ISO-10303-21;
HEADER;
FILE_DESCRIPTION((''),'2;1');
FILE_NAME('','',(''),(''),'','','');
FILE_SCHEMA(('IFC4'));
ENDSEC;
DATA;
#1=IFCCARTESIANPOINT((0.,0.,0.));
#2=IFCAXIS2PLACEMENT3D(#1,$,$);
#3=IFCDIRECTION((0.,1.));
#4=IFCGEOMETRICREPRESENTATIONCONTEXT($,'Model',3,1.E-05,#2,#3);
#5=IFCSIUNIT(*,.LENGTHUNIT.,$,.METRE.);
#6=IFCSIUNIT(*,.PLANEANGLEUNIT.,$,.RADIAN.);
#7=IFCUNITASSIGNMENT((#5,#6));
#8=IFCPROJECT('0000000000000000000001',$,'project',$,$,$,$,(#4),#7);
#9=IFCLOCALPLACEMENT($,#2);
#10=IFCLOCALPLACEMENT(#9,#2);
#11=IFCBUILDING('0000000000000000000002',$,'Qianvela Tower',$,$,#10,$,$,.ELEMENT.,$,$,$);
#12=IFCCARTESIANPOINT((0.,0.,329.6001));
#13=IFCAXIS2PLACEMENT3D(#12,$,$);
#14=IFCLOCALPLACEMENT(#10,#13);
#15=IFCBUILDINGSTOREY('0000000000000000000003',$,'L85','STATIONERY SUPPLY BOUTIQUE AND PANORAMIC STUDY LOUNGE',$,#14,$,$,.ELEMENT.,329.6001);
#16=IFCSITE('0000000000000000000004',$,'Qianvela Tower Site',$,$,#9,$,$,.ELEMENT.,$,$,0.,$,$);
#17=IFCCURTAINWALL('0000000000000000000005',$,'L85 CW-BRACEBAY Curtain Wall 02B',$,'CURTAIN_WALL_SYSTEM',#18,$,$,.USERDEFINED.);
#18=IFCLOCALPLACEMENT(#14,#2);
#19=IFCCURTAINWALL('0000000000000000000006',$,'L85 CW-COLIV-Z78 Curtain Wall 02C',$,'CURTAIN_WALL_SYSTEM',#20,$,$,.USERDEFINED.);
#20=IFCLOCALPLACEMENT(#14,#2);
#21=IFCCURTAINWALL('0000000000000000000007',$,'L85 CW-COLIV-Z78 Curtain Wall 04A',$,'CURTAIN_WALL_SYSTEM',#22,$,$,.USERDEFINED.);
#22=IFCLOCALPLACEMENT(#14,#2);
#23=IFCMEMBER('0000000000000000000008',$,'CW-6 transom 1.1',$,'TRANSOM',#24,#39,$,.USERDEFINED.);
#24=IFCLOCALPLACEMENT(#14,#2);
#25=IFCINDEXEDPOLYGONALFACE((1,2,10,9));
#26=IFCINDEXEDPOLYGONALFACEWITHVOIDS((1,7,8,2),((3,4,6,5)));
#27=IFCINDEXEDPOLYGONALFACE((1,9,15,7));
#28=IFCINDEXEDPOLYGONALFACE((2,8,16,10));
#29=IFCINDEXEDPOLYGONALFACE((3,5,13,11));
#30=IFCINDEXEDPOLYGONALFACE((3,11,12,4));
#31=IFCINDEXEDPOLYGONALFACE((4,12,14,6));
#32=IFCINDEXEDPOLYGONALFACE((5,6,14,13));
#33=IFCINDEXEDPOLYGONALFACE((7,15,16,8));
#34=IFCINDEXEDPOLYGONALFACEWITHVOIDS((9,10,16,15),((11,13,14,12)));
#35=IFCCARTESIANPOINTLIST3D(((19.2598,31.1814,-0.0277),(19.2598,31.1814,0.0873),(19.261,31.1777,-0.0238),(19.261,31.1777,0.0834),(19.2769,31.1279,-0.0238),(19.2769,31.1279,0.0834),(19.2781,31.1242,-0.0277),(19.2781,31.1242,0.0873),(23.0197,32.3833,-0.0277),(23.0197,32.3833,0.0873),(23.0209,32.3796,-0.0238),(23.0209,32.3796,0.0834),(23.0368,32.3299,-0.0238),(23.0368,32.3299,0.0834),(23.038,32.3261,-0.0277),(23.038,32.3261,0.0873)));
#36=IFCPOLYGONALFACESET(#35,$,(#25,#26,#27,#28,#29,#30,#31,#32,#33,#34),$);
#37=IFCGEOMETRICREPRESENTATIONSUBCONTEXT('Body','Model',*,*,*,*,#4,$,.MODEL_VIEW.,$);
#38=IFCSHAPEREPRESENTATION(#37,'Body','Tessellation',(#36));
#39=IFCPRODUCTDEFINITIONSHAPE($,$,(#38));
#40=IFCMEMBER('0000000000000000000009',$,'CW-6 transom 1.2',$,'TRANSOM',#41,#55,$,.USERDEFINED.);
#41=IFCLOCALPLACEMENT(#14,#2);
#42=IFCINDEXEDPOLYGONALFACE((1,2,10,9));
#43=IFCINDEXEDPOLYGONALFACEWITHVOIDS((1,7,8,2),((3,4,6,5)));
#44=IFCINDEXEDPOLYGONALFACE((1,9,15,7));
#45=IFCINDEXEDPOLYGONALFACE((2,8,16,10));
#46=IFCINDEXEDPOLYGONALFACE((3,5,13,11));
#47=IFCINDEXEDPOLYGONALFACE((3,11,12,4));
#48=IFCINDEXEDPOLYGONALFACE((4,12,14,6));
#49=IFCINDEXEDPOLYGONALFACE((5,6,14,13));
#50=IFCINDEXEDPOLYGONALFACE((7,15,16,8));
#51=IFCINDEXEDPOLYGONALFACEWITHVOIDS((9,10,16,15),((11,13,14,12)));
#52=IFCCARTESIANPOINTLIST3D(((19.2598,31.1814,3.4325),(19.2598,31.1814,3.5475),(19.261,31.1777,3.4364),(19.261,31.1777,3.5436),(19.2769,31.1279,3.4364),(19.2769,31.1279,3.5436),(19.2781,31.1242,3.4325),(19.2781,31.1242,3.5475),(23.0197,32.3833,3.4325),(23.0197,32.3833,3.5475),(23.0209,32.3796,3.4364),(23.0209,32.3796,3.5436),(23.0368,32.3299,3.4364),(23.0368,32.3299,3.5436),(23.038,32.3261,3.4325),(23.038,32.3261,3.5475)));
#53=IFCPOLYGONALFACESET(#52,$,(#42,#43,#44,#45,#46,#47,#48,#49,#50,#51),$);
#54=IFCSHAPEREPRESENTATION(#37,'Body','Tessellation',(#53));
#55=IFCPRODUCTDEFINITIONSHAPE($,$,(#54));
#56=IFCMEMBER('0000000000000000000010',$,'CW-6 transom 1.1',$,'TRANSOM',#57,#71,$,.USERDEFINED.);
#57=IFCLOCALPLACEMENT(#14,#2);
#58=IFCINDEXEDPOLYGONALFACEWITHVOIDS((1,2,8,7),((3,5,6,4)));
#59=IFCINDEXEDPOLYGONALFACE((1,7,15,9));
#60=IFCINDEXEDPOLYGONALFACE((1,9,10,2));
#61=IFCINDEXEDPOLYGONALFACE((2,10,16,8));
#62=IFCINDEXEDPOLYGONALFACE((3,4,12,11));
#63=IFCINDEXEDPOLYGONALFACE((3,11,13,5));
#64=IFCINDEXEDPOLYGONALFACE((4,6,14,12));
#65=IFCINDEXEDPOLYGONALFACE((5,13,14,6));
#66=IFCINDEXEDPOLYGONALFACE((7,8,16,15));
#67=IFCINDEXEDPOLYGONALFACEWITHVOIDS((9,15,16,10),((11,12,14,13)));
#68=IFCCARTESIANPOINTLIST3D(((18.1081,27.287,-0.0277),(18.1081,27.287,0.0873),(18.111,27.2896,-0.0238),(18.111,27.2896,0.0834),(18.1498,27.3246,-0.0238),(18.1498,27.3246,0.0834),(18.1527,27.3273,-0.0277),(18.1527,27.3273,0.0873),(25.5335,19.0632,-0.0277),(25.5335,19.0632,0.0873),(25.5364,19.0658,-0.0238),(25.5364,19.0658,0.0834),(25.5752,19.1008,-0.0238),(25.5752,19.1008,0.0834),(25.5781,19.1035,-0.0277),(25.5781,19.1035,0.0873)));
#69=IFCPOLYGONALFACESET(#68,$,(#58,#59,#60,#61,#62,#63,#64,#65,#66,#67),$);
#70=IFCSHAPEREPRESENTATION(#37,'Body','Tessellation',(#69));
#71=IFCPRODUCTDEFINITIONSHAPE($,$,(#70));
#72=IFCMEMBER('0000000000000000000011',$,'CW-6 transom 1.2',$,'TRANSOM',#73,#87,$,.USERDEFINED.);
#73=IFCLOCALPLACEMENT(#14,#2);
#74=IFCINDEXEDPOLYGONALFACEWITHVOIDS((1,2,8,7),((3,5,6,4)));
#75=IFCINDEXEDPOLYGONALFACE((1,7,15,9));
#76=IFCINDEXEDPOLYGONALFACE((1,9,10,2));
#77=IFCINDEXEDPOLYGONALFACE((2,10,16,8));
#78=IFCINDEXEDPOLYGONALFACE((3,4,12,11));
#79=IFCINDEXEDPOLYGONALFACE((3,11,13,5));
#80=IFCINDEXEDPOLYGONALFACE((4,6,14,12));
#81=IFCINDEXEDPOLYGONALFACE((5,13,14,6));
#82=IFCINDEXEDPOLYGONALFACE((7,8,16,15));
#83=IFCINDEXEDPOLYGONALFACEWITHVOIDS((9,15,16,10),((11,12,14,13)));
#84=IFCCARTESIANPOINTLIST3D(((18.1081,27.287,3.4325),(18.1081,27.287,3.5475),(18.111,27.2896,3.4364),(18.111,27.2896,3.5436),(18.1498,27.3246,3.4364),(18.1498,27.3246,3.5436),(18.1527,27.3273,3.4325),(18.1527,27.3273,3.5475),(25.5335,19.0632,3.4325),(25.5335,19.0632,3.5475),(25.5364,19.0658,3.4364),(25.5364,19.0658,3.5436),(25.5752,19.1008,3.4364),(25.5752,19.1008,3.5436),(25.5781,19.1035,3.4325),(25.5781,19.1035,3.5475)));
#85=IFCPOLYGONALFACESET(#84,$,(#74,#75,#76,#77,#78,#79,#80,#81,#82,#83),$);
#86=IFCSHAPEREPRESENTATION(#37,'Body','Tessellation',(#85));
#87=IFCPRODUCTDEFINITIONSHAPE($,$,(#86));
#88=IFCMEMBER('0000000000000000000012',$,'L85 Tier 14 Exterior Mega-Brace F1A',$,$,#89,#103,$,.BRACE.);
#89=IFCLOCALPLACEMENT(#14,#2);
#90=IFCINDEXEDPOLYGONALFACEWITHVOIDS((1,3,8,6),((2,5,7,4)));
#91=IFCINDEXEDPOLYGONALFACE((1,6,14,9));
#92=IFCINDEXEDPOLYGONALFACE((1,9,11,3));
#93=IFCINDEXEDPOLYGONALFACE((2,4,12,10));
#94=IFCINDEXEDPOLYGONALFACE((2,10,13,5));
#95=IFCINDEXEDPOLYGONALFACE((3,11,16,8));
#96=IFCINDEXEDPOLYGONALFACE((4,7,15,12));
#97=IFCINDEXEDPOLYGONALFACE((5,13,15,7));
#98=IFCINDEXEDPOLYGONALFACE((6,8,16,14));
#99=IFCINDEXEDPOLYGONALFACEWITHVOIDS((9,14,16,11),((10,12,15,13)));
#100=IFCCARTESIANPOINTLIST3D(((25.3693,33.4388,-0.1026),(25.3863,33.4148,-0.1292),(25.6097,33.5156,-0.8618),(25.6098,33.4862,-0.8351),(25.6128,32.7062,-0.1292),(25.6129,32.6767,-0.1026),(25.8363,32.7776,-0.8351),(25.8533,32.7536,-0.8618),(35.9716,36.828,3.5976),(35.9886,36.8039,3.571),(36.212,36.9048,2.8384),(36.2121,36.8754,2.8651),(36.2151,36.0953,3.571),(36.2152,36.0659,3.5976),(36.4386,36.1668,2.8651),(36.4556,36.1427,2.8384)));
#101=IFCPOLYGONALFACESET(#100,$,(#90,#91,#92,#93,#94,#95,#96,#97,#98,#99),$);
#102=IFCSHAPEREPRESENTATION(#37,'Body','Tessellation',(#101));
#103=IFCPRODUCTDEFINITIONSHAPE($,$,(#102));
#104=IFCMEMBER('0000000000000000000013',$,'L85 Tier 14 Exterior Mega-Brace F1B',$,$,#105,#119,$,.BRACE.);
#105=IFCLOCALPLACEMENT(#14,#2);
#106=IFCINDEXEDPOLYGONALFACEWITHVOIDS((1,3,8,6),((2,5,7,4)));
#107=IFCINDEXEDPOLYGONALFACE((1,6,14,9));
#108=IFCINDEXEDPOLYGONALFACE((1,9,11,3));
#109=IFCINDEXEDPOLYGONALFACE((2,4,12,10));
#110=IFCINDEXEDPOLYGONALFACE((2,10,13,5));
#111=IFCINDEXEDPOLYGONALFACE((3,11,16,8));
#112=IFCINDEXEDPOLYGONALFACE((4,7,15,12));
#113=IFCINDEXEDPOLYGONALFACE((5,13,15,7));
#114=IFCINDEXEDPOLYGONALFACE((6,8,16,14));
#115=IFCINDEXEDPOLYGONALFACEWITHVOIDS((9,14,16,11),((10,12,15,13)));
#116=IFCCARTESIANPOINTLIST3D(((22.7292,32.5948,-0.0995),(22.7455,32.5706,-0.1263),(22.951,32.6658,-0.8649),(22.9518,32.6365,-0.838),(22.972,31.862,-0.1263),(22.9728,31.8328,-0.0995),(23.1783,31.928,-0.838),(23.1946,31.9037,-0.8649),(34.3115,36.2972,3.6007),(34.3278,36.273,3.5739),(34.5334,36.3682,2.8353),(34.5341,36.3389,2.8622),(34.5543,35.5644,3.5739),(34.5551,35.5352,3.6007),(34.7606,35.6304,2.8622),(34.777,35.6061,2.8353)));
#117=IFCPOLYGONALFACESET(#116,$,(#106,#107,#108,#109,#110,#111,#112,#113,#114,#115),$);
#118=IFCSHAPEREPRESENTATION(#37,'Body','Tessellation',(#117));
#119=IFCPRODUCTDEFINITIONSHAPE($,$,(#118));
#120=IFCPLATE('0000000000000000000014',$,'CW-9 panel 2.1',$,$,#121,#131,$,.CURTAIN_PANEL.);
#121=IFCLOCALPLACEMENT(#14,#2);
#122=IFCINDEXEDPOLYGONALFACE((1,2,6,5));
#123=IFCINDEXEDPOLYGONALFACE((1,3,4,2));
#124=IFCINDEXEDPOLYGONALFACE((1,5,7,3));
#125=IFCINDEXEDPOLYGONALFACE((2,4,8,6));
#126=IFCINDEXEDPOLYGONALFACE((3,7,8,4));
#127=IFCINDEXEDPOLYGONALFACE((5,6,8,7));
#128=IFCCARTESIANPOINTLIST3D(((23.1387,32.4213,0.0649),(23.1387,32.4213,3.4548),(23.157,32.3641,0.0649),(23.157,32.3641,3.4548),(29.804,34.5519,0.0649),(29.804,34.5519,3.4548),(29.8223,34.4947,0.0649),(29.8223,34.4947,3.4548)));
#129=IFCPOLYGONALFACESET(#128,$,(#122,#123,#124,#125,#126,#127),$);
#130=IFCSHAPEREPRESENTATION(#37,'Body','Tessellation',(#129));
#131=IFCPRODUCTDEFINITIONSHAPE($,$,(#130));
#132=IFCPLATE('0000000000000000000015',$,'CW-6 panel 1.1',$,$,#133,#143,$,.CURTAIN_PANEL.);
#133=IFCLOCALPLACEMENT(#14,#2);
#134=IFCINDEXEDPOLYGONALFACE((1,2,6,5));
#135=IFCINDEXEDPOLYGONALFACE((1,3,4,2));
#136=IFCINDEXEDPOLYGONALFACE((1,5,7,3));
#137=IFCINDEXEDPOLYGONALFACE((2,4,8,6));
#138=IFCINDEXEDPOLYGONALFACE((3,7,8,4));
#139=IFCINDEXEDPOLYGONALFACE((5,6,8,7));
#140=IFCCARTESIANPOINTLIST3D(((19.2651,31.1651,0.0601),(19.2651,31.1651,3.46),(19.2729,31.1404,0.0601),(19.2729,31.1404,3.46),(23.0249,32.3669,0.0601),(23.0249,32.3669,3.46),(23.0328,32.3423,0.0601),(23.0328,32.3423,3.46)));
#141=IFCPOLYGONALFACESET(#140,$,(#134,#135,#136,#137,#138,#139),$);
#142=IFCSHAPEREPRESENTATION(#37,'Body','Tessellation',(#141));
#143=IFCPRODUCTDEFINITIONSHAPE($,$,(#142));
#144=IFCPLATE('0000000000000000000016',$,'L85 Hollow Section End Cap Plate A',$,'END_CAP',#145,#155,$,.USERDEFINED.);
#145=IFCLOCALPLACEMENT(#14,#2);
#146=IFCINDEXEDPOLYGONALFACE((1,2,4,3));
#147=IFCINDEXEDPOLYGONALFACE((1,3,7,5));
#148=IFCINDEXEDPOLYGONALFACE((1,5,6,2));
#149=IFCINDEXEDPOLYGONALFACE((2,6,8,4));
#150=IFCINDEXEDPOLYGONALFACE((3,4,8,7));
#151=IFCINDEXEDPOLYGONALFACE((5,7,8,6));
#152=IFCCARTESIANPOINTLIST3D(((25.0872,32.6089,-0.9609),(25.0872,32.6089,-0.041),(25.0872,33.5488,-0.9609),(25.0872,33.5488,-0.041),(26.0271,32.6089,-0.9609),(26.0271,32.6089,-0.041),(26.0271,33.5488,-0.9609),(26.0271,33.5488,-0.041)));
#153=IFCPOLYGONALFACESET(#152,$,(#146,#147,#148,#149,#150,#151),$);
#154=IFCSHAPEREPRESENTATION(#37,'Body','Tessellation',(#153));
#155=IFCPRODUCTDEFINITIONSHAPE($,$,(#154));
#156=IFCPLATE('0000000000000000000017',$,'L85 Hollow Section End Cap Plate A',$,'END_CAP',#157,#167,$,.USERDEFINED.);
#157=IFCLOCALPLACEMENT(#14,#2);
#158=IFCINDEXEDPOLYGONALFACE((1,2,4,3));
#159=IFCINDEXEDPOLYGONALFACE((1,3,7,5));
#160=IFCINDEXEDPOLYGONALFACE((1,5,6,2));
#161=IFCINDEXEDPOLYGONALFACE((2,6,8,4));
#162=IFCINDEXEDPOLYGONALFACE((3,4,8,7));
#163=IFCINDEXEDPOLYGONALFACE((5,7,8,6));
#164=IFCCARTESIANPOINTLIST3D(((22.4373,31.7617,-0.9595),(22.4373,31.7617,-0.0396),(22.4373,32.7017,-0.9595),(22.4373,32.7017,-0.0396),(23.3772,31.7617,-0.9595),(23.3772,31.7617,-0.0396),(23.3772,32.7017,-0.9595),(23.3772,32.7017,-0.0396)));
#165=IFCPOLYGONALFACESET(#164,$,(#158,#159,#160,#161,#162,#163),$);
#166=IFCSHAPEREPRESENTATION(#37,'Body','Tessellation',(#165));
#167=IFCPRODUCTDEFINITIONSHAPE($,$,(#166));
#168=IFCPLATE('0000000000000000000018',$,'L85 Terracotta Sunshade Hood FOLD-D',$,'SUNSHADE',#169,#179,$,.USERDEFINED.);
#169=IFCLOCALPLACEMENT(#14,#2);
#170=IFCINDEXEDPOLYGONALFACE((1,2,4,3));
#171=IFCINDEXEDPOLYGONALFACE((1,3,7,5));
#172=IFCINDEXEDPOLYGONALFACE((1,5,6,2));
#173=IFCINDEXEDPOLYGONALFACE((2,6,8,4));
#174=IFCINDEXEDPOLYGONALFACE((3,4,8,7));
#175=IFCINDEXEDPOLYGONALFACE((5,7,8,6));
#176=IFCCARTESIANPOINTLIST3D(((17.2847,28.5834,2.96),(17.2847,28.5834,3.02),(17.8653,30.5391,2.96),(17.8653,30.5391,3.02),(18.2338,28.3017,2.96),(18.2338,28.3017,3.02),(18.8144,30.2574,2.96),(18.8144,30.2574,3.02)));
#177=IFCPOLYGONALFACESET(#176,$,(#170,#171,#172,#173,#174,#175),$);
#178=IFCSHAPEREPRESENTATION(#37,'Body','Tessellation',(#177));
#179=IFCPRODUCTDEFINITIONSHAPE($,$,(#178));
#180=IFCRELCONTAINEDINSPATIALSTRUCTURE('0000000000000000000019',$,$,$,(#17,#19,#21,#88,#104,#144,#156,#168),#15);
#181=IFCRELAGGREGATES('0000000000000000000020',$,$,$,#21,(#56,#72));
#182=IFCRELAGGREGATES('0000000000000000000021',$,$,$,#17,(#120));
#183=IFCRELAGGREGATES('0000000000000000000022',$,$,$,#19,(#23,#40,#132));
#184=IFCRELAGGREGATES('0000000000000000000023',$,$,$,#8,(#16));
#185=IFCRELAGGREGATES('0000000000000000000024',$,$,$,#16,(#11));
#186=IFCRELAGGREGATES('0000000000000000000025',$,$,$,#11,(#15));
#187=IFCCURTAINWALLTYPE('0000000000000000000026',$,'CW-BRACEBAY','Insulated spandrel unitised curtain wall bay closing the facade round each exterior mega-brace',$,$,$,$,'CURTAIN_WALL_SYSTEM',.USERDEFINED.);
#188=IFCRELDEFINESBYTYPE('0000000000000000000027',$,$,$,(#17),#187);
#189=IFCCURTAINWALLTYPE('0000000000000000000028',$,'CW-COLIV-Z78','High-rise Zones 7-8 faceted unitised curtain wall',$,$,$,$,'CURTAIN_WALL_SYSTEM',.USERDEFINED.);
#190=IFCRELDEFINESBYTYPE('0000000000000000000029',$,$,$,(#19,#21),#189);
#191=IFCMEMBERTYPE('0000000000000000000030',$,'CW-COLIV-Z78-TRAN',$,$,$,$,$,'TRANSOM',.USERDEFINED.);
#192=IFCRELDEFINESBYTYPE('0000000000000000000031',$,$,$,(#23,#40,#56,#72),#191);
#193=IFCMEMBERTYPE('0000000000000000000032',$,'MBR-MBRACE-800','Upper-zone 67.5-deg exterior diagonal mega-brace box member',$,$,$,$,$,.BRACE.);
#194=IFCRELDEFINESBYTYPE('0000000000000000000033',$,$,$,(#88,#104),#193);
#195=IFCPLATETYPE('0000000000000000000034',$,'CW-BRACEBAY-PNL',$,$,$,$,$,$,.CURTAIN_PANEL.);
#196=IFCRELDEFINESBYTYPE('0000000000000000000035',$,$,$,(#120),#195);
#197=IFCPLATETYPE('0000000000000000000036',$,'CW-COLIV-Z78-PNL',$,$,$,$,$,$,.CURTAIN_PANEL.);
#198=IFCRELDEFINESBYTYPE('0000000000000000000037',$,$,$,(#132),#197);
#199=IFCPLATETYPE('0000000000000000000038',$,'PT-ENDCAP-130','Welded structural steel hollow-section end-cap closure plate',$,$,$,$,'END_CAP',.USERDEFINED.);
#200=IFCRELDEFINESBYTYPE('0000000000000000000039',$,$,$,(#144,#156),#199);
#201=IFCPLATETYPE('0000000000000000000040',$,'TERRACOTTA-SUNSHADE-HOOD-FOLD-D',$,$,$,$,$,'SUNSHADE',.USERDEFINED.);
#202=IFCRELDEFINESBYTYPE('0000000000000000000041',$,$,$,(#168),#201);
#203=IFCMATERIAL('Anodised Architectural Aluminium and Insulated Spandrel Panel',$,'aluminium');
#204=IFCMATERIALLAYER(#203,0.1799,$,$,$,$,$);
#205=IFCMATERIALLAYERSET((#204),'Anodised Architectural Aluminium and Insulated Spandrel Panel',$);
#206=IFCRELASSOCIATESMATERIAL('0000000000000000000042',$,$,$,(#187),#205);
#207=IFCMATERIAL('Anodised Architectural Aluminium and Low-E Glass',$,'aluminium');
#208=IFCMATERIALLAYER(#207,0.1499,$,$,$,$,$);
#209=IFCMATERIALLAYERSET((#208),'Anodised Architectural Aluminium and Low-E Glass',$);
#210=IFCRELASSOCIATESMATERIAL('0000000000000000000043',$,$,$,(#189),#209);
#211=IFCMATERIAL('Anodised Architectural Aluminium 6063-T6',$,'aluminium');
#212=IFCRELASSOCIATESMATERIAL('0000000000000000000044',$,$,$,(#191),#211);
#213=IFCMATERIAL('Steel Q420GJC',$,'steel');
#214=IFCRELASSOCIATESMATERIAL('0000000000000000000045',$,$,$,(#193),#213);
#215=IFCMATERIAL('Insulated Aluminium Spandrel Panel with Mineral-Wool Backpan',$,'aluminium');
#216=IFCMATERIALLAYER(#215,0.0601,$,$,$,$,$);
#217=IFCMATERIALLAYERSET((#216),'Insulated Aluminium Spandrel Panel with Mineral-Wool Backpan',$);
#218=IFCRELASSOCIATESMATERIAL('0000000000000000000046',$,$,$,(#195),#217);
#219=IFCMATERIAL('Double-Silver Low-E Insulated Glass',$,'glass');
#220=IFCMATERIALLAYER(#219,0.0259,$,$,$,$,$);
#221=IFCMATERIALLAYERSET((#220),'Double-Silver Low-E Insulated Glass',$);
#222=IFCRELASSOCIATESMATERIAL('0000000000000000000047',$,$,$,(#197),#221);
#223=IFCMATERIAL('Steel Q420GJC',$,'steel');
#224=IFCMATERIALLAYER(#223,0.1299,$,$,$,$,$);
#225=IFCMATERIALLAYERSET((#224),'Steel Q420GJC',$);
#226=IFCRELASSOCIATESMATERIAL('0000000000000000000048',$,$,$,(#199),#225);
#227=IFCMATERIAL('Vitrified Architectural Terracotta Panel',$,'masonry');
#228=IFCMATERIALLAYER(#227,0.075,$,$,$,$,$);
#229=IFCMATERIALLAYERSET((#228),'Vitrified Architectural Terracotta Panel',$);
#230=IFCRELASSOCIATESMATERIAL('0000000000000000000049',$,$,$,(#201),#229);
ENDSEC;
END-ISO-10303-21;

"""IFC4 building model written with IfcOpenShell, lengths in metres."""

from ifc_helpers import new_model, si_unit, direction, frame, origin, origin_2d, place, context, subcontext, project, spatial, rectangle, hollow_rectangle, extrude, material, layer, layer_set, material_profile, profile_set, type_object, element, aggregate, save


model = new_model("IFC4")

# Units and contexts
model_context = context("Model", 3, precision=1e-05, world=origin(), true_north=direction((0.0, 1.0)))
body_context = subcontext(model_context, "Body", "Model", "MODEL_VIEW")
ifc_project = project(units=[si_unit("LENGTHUNIT", "METRE"), si_unit("PLANEANGLEUNIT", "RADIAN")], contexts=[model_context])

# Site, building, storey
site_placement = place(None, origin())
site = spatial("IfcSite", under=ifc_project, at=site_placement, Name="Qianvela Tower Site", CompositionType="ELEMENT", RefElevation=0.0)
building_placement = place(site_placement, origin())
building = spatial("IfcBuilding", under=site, at=building_placement, Name="Qianvela Tower", CompositionType="ELEMENT")
storey_placement = place(building_placement, frame((0.0, 0.0, 329.6001)))
storey = spatial("IfcBuildingStorey", under=building, at=storey_placement, Name="L85", Description="STATIONERY SUPPLY BOUTIQUE AND PANORAMIC STUDY LOUNGE", CompositionType="ELEMENT", Elevation=329.6001)

# Curtain wall
ifc_material_1 = material(Name="Anodised Architectural Aluminium and Insulated Spandrel Panel", Category="aluminium")
ifc_layer_1 = layer(ifc_material_1, 0.1799)
ifc_layer_set_1 = layer_set([ifc_layer_1], Name="Anodised Architectural Aluminium and Insulated Spandrel Panel")
curtain_wall_type_1 = type_object("IfcCurtainWallType", Name="CW-BRACEBAY", Description="Insulated spandrel unitised curtain wall bay closing the facade round each exterior mega-brace", ElementType="CURTAIN_WALL_SYSTEM", PredefinedType="USERDEFINED", material=ifc_layer_set_1)
curtain_wall_1_placement = place(storey_placement, origin())
curtain_wall_1 = element("IfcCurtainWall", 1, at=curtain_wall_1_placement, inside=storey, type_object=curtain_wall_type_1, Name="L85 CW-BRACEBAY Curtain Wall 02B", ObjectType="CURTAIN_WALL_SYSTEM", PredefinedType="USERDEFINED")

# Curtain wall
ifc_material_2 = material(Name="Anodised Architectural Aluminium and Low-E Glass", Category="aluminium")
ifc_layer_2 = layer(ifc_material_2, 0.1499)
ifc_layer_set_2 = layer_set([ifc_layer_2], Name="Anodised Architectural Aluminium and Low-E Glass")
curtain_wall_type_2 = type_object("IfcCurtainWallType", Name="CW-COLIV-Z78", Description="High-rise Zones 7-8 faceted unitised curtain wall", ElementType="CURTAIN_WALL_SYSTEM", PredefinedType="USERDEFINED", material=ifc_layer_set_2)
curtain_wall_2_placement = place(storey_placement, origin())
curtain_wall_2 = element("IfcCurtainWall", 2, at=curtain_wall_2_placement, inside=storey, type_object=curtain_wall_type_2, Name="L85 CW-COLIV-Z78 Curtain Wall 02C", ObjectType="CURTAIN_WALL_SYSTEM", PredefinedType="USERDEFINED")

# Curtain wall
curtain_wall_3_placement = place(storey_placement, origin())
curtain_wall_3 = element("IfcCurtainWall", 3, at=curtain_wall_3_placement, inside=storey, type_object=curtain_wall_type_2, Name="L85 CW-COLIV-Z78 Curtain Wall 04A", ObjectType="CURTAIN_WALL_SYSTEM", PredefinedType="USERDEFINED")

# Members
ifc_material_3 = material(Name="Anodised Architectural Aluminium 6063-T6", Category="aluminium")
ifc_material_profile_1 = material_profile(ifc_material_3, hollow_rectangle(XDim=0.0601, YDim=0.115, WallThickness=0.0039, at=origin_2d()), Name="ALU-TRAN-60x115")
ifc_profile_set_1 = profile_set([ifc_material_profile_1], Name="Anodised Architectural Aluminium 6063-T6")
member_type_1 = type_object("IfcMemberType", Name="CW-COLIV-Z78-TRAN", ElementType="TRANSOM", PredefinedType="USERDEFINED", material=ifc_profile_set_1)
member_1_placement = place(storey_placement, frame((23.0288, 32.3547, 0.0298), z_axis=(-0.952514, -0.304495, 0.0), x_axis=(0.304495, -0.952514, 0.0)))
member_1 = element("IfcMember", 4, at=member_1_placement, type_object=member_type_1, Name="CW-6 transom 1.1", ObjectType="TRANSOM", PredefinedType="USERDEFINED", context=body_context, shape_type="SweptSolid", body=[
    extrude(hollow_rectangle(XDim=0.0601, YDim=0.115, WallThickness=0.0039, at=origin_2d()), origin(), (0.0, 0.0, 1.0), 3.9473),
])
member_2_placement = place(storey_placement, frame((23.0288, 32.3547, 3.49), z_axis=(-0.952514, -0.304495, 0.0), x_axis=(0.304495, -0.952514, 0.0)))
member_2 = element("IfcMember", 5, at=member_2_placement, type_object=member_type_1, Name="CW-6 transom 1.2", ObjectType="TRANSOM", PredefinedType="USERDEFINED", context=body_context, shape_type="SweptSolid", body=[
    extrude(hollow_rectangle(XDim=0.0601, YDim=0.115, WallThickness=0.0039, at=origin_2d()), origin(), (0.0, 0.0, 1.0), 3.9473),
])
member_3_placement = place(storey_placement, frame((18.1304, 27.3071, 0.0298), z_axis=(0.670163, -0.742214, 0.0), x_axis=(0.742214, 0.670163, 0.0)))
member_3 = element("IfcMember", 6, at=member_3_placement, type_object=member_type_1, Name="CW-6 transom 1.1", ObjectType="TRANSOM", PredefinedType="USERDEFINED", context=body_context, shape_type="SweptSolid", body=[
    extrude(hollow_rectangle(XDim=0.0601, YDim=0.115, WallThickness=0.0039, at=origin_2d()), origin(), (0.0, 0.0, 1.0), 11.0801),
])
member_4_placement = place(storey_placement, frame((18.1304, 27.3071, 3.49), z_axis=(0.670163, -0.742214, 0.0), x_axis=(0.742214, 0.670163, 0.0)))
member_4 = element("IfcMember", 7, at=member_4_placement, type_object=member_type_1, Name="CW-6 transom 1.2", ObjectType="TRANSOM", PredefinedType="USERDEFINED", context=body_context, shape_type="SweptSolid", body=[
    extrude(hollow_rectangle(XDim=0.0601, YDim=0.115, WallThickness=0.0039, at=origin_2d()), origin(), (0.0, 0.0, 1.0), 11.0801),
])
aggregate(curtain_wall_3, [member_3, member_4])

# Members
ifc_material_4 = material(Name="Steel Q420GJC", Category="steel")
ifc_material_profile_2 = material_profile(ifc_material_4, hollow_rectangle(XDim=0.8, YDim=0.8, WallThickness=0.0281, at=origin_2d()), Name="MBOX-800x800x28")
ifc_profile_set_2 = profile_set([ifc_material_profile_2], Name="Steel Q420GJC")
member_type_2 = type_object("IfcMemberType", Name="MBR-MBRACE-800", Description="Upper-zone 67.5-deg exterior diagonal mega-brace box member", PredefinedType="BRACE", material=ifc_profile_set_2)
member_5_placement = place(storey_placement, frame((25.6113, 33.0962, -0.4822), z_axis=(0.903882, 0.288938, 0.315454), x_axis=(-0.304484, 0.952517, 0.0)))
element("IfcMember", 8, at=member_5_placement, inside=storey, type_object=member_type_2, Name="L85 Tier 14 Exterior Mega-Brace F1A", PredefinedType="BRACE", context=body_context, shape_type="SweptSolid", body=[
    extrude(hollow_rectangle(XDim=0.8, YDim=0.8, WallThickness=0.0281, at=origin_2d()), origin(), (0.0, 0.0, 1.0), 11.7297),
])
member_6_placement = place(storey_placement, frame((22.9619, 32.2493, -0.4822), z_axis=(0.911261, 0.291294, 0.291121), x_axis=(-0.304482, 0.952518, 0.0)))
element("IfcMember", 9, at=member_6_placement, inside=storey, type_object=member_type_2, Name="L85 Tier 14 Exterior Mega-Brace F1B", PredefinedType="BRACE", context=body_context, shape_type="SweptSolid", body=[
    extrude(hollow_rectangle(XDim=0.8, YDim=0.8, WallThickness=0.0281, at=origin_2d()), origin(), (0.0, 0.0, 1.0), 12.7102),
])

# Plates
ifc_material_5 = material(Name="Insulated Aluminium Spandrel Panel with Mineral-Wool Backpan", Category="aluminium")
ifc_layer_3 = layer(ifc_material_5, 0.0601)
ifc_layer_set_3 = layer_set([ifc_layer_3], Name="Insulated Aluminium Spandrel Panel with Mineral-Wool Backpan")
plate_type_1 = type_object("IfcPlateType", Name="CW-BRACEBAY-PNL", PredefinedType="CURTAIN_PANEL", material=ifc_layer_set_3)
plate_1_placement = place(storey_placement, frame((26.4805, 33.458, 0.0649), z_axis=(0.0, 0.0, 1.0), x_axis=(-0.952518, -0.304483, 0.0)))
plate_1 = element("IfcPlate", 10, at=plate_1_placement, type_object=plate_type_1, Name="CW-9 panel 2.1", PredefinedType="CURTAIN_PANEL", context=body_context, shape_type="SweptSolid", body=[
    extrude(rectangle(XDim=6.9976, YDim=0.0601, at=origin_2d()), origin(), (0.0, 0.0, 1.0), 3.3899),
])
aggregate(curtain_wall_1, [plate_1])
ifc_material_6 = material(Name="Double-Silver Low-E Insulated Glass", Category="glass")
ifc_layer_4 = layer(ifc_material_6, 0.0259)
ifc_layer_set_4 = layer_set([ifc_layer_4], Name="Double-Silver Low-E Insulated Glass")
plate_type_2 = type_object("IfcPlateType", Name="CW-COLIV-Z78-PNL", PredefinedType="CURTAIN_PANEL", material=ifc_layer_set_4)
plate_2_placement = place(storey_placement, frame((21.1489, 31.7537, 0.0601), z_axis=(0.0, 0.0, 1.0), x_axis=(-0.95252, -0.304476, 0.0)))
plate_2 = element("IfcPlate", 11, at=plate_2_placement, type_object=plate_type_2, Name="CW-6 panel 1.1", PredefinedType="CURTAIN_PANEL", context=body_context, shape_type="SweptSolid", body=[
    extrude(rectangle(XDim=3.9473, YDim=0.0259, at=origin_2d()), origin(), (0.0, 0.0, 1.0), 3.3999),
])
aggregate(curtain_wall_2, [member_1, member_2, plate_2])

# Plates
ifc_material_7 = material(Name="Steel Q420GJC", Category="steel")
ifc_layer_5 = layer(ifc_material_7, 0.1299)
ifc_layer_set_5 = layer_set([ifc_layer_5], Name="Steel Q420GJC")
plate_type_3 = type_object("IfcPlateType", Name="PT-ENDCAP-130", Description="Welded structural steel hollow-section end-cap closure plate", ElementType="END_CAP", PredefinedType="USERDEFINED", material=ifc_layer_set_5)
for number, where, z_axis, x_axis, name in (
    (12, (25.5571, 33.0789, -0.9609), (0.0, 0.0, 1.0), (1.0, 0.0, 0.0), "L85 Hollow Section End Cap Plate A"),
    (13, (22.9072, 32.2317, -0.9595), (0.0, 0.0, 1.0), (1.0, 0.0, 0.0), "L85 Hollow Section End Cap Plate A"),
):
    element("IfcPlate", number, at=place(storey_placement, frame(where, z_axis=z_axis, x_axis=x_axis)), inside=storey, type_object=plate_type_3, Name=name, ObjectType="END_CAP", PredefinedType="USERDEFINED", context=body_context, shape_type="SweptSolid", body=[
        extrude(rectangle(XDim=0.9399, YDim=0.9399, at=origin_2d()), origin(), (0.0, 0.0, 1.0), 0.9199),
    ])
ifc_material_8 = material(Name="Vitrified Architectural Terracotta Panel", Category="masonry")
ifc_layer_6 = layer(ifc_material_8, 0.075)
ifc_layer_set_6 = layer_set([ifc_layer_6], Name="Vitrified Architectural Terracotta Panel")
plate_type_4 = type_object("IfcPlateType", Name="TERRACOTTA-SUNSHADE-HOOD-FOLD-D", ElementType="SUNSHADE", PredefinedType="USERDEFINED", material=ifc_layer_set_6)
plate_3_placement = place(storey_placement, frame((18.0496, 29.4204, 2.96), z_axis=(0.0, 0.0, 1.0), x_axis=(-0.284593, -0.958649, 0.0)))
element("IfcPlate", 14, at=plate_3_placement, inside=storey, type_object=plate_type_4, Name="L85 Terracotta Sunshade Hood FOLD-D", ObjectType="SUNSHADE", PredefinedType="USERDEFINED", context=body_context, shape_type="SweptSolid", body=[
    extrude(rectangle(XDim=2.04, YDim=0.99, at=origin_2d()), origin(), (0.0, 0.0, 1.0), 0.0601),
])

save(model, "model.ifc")
